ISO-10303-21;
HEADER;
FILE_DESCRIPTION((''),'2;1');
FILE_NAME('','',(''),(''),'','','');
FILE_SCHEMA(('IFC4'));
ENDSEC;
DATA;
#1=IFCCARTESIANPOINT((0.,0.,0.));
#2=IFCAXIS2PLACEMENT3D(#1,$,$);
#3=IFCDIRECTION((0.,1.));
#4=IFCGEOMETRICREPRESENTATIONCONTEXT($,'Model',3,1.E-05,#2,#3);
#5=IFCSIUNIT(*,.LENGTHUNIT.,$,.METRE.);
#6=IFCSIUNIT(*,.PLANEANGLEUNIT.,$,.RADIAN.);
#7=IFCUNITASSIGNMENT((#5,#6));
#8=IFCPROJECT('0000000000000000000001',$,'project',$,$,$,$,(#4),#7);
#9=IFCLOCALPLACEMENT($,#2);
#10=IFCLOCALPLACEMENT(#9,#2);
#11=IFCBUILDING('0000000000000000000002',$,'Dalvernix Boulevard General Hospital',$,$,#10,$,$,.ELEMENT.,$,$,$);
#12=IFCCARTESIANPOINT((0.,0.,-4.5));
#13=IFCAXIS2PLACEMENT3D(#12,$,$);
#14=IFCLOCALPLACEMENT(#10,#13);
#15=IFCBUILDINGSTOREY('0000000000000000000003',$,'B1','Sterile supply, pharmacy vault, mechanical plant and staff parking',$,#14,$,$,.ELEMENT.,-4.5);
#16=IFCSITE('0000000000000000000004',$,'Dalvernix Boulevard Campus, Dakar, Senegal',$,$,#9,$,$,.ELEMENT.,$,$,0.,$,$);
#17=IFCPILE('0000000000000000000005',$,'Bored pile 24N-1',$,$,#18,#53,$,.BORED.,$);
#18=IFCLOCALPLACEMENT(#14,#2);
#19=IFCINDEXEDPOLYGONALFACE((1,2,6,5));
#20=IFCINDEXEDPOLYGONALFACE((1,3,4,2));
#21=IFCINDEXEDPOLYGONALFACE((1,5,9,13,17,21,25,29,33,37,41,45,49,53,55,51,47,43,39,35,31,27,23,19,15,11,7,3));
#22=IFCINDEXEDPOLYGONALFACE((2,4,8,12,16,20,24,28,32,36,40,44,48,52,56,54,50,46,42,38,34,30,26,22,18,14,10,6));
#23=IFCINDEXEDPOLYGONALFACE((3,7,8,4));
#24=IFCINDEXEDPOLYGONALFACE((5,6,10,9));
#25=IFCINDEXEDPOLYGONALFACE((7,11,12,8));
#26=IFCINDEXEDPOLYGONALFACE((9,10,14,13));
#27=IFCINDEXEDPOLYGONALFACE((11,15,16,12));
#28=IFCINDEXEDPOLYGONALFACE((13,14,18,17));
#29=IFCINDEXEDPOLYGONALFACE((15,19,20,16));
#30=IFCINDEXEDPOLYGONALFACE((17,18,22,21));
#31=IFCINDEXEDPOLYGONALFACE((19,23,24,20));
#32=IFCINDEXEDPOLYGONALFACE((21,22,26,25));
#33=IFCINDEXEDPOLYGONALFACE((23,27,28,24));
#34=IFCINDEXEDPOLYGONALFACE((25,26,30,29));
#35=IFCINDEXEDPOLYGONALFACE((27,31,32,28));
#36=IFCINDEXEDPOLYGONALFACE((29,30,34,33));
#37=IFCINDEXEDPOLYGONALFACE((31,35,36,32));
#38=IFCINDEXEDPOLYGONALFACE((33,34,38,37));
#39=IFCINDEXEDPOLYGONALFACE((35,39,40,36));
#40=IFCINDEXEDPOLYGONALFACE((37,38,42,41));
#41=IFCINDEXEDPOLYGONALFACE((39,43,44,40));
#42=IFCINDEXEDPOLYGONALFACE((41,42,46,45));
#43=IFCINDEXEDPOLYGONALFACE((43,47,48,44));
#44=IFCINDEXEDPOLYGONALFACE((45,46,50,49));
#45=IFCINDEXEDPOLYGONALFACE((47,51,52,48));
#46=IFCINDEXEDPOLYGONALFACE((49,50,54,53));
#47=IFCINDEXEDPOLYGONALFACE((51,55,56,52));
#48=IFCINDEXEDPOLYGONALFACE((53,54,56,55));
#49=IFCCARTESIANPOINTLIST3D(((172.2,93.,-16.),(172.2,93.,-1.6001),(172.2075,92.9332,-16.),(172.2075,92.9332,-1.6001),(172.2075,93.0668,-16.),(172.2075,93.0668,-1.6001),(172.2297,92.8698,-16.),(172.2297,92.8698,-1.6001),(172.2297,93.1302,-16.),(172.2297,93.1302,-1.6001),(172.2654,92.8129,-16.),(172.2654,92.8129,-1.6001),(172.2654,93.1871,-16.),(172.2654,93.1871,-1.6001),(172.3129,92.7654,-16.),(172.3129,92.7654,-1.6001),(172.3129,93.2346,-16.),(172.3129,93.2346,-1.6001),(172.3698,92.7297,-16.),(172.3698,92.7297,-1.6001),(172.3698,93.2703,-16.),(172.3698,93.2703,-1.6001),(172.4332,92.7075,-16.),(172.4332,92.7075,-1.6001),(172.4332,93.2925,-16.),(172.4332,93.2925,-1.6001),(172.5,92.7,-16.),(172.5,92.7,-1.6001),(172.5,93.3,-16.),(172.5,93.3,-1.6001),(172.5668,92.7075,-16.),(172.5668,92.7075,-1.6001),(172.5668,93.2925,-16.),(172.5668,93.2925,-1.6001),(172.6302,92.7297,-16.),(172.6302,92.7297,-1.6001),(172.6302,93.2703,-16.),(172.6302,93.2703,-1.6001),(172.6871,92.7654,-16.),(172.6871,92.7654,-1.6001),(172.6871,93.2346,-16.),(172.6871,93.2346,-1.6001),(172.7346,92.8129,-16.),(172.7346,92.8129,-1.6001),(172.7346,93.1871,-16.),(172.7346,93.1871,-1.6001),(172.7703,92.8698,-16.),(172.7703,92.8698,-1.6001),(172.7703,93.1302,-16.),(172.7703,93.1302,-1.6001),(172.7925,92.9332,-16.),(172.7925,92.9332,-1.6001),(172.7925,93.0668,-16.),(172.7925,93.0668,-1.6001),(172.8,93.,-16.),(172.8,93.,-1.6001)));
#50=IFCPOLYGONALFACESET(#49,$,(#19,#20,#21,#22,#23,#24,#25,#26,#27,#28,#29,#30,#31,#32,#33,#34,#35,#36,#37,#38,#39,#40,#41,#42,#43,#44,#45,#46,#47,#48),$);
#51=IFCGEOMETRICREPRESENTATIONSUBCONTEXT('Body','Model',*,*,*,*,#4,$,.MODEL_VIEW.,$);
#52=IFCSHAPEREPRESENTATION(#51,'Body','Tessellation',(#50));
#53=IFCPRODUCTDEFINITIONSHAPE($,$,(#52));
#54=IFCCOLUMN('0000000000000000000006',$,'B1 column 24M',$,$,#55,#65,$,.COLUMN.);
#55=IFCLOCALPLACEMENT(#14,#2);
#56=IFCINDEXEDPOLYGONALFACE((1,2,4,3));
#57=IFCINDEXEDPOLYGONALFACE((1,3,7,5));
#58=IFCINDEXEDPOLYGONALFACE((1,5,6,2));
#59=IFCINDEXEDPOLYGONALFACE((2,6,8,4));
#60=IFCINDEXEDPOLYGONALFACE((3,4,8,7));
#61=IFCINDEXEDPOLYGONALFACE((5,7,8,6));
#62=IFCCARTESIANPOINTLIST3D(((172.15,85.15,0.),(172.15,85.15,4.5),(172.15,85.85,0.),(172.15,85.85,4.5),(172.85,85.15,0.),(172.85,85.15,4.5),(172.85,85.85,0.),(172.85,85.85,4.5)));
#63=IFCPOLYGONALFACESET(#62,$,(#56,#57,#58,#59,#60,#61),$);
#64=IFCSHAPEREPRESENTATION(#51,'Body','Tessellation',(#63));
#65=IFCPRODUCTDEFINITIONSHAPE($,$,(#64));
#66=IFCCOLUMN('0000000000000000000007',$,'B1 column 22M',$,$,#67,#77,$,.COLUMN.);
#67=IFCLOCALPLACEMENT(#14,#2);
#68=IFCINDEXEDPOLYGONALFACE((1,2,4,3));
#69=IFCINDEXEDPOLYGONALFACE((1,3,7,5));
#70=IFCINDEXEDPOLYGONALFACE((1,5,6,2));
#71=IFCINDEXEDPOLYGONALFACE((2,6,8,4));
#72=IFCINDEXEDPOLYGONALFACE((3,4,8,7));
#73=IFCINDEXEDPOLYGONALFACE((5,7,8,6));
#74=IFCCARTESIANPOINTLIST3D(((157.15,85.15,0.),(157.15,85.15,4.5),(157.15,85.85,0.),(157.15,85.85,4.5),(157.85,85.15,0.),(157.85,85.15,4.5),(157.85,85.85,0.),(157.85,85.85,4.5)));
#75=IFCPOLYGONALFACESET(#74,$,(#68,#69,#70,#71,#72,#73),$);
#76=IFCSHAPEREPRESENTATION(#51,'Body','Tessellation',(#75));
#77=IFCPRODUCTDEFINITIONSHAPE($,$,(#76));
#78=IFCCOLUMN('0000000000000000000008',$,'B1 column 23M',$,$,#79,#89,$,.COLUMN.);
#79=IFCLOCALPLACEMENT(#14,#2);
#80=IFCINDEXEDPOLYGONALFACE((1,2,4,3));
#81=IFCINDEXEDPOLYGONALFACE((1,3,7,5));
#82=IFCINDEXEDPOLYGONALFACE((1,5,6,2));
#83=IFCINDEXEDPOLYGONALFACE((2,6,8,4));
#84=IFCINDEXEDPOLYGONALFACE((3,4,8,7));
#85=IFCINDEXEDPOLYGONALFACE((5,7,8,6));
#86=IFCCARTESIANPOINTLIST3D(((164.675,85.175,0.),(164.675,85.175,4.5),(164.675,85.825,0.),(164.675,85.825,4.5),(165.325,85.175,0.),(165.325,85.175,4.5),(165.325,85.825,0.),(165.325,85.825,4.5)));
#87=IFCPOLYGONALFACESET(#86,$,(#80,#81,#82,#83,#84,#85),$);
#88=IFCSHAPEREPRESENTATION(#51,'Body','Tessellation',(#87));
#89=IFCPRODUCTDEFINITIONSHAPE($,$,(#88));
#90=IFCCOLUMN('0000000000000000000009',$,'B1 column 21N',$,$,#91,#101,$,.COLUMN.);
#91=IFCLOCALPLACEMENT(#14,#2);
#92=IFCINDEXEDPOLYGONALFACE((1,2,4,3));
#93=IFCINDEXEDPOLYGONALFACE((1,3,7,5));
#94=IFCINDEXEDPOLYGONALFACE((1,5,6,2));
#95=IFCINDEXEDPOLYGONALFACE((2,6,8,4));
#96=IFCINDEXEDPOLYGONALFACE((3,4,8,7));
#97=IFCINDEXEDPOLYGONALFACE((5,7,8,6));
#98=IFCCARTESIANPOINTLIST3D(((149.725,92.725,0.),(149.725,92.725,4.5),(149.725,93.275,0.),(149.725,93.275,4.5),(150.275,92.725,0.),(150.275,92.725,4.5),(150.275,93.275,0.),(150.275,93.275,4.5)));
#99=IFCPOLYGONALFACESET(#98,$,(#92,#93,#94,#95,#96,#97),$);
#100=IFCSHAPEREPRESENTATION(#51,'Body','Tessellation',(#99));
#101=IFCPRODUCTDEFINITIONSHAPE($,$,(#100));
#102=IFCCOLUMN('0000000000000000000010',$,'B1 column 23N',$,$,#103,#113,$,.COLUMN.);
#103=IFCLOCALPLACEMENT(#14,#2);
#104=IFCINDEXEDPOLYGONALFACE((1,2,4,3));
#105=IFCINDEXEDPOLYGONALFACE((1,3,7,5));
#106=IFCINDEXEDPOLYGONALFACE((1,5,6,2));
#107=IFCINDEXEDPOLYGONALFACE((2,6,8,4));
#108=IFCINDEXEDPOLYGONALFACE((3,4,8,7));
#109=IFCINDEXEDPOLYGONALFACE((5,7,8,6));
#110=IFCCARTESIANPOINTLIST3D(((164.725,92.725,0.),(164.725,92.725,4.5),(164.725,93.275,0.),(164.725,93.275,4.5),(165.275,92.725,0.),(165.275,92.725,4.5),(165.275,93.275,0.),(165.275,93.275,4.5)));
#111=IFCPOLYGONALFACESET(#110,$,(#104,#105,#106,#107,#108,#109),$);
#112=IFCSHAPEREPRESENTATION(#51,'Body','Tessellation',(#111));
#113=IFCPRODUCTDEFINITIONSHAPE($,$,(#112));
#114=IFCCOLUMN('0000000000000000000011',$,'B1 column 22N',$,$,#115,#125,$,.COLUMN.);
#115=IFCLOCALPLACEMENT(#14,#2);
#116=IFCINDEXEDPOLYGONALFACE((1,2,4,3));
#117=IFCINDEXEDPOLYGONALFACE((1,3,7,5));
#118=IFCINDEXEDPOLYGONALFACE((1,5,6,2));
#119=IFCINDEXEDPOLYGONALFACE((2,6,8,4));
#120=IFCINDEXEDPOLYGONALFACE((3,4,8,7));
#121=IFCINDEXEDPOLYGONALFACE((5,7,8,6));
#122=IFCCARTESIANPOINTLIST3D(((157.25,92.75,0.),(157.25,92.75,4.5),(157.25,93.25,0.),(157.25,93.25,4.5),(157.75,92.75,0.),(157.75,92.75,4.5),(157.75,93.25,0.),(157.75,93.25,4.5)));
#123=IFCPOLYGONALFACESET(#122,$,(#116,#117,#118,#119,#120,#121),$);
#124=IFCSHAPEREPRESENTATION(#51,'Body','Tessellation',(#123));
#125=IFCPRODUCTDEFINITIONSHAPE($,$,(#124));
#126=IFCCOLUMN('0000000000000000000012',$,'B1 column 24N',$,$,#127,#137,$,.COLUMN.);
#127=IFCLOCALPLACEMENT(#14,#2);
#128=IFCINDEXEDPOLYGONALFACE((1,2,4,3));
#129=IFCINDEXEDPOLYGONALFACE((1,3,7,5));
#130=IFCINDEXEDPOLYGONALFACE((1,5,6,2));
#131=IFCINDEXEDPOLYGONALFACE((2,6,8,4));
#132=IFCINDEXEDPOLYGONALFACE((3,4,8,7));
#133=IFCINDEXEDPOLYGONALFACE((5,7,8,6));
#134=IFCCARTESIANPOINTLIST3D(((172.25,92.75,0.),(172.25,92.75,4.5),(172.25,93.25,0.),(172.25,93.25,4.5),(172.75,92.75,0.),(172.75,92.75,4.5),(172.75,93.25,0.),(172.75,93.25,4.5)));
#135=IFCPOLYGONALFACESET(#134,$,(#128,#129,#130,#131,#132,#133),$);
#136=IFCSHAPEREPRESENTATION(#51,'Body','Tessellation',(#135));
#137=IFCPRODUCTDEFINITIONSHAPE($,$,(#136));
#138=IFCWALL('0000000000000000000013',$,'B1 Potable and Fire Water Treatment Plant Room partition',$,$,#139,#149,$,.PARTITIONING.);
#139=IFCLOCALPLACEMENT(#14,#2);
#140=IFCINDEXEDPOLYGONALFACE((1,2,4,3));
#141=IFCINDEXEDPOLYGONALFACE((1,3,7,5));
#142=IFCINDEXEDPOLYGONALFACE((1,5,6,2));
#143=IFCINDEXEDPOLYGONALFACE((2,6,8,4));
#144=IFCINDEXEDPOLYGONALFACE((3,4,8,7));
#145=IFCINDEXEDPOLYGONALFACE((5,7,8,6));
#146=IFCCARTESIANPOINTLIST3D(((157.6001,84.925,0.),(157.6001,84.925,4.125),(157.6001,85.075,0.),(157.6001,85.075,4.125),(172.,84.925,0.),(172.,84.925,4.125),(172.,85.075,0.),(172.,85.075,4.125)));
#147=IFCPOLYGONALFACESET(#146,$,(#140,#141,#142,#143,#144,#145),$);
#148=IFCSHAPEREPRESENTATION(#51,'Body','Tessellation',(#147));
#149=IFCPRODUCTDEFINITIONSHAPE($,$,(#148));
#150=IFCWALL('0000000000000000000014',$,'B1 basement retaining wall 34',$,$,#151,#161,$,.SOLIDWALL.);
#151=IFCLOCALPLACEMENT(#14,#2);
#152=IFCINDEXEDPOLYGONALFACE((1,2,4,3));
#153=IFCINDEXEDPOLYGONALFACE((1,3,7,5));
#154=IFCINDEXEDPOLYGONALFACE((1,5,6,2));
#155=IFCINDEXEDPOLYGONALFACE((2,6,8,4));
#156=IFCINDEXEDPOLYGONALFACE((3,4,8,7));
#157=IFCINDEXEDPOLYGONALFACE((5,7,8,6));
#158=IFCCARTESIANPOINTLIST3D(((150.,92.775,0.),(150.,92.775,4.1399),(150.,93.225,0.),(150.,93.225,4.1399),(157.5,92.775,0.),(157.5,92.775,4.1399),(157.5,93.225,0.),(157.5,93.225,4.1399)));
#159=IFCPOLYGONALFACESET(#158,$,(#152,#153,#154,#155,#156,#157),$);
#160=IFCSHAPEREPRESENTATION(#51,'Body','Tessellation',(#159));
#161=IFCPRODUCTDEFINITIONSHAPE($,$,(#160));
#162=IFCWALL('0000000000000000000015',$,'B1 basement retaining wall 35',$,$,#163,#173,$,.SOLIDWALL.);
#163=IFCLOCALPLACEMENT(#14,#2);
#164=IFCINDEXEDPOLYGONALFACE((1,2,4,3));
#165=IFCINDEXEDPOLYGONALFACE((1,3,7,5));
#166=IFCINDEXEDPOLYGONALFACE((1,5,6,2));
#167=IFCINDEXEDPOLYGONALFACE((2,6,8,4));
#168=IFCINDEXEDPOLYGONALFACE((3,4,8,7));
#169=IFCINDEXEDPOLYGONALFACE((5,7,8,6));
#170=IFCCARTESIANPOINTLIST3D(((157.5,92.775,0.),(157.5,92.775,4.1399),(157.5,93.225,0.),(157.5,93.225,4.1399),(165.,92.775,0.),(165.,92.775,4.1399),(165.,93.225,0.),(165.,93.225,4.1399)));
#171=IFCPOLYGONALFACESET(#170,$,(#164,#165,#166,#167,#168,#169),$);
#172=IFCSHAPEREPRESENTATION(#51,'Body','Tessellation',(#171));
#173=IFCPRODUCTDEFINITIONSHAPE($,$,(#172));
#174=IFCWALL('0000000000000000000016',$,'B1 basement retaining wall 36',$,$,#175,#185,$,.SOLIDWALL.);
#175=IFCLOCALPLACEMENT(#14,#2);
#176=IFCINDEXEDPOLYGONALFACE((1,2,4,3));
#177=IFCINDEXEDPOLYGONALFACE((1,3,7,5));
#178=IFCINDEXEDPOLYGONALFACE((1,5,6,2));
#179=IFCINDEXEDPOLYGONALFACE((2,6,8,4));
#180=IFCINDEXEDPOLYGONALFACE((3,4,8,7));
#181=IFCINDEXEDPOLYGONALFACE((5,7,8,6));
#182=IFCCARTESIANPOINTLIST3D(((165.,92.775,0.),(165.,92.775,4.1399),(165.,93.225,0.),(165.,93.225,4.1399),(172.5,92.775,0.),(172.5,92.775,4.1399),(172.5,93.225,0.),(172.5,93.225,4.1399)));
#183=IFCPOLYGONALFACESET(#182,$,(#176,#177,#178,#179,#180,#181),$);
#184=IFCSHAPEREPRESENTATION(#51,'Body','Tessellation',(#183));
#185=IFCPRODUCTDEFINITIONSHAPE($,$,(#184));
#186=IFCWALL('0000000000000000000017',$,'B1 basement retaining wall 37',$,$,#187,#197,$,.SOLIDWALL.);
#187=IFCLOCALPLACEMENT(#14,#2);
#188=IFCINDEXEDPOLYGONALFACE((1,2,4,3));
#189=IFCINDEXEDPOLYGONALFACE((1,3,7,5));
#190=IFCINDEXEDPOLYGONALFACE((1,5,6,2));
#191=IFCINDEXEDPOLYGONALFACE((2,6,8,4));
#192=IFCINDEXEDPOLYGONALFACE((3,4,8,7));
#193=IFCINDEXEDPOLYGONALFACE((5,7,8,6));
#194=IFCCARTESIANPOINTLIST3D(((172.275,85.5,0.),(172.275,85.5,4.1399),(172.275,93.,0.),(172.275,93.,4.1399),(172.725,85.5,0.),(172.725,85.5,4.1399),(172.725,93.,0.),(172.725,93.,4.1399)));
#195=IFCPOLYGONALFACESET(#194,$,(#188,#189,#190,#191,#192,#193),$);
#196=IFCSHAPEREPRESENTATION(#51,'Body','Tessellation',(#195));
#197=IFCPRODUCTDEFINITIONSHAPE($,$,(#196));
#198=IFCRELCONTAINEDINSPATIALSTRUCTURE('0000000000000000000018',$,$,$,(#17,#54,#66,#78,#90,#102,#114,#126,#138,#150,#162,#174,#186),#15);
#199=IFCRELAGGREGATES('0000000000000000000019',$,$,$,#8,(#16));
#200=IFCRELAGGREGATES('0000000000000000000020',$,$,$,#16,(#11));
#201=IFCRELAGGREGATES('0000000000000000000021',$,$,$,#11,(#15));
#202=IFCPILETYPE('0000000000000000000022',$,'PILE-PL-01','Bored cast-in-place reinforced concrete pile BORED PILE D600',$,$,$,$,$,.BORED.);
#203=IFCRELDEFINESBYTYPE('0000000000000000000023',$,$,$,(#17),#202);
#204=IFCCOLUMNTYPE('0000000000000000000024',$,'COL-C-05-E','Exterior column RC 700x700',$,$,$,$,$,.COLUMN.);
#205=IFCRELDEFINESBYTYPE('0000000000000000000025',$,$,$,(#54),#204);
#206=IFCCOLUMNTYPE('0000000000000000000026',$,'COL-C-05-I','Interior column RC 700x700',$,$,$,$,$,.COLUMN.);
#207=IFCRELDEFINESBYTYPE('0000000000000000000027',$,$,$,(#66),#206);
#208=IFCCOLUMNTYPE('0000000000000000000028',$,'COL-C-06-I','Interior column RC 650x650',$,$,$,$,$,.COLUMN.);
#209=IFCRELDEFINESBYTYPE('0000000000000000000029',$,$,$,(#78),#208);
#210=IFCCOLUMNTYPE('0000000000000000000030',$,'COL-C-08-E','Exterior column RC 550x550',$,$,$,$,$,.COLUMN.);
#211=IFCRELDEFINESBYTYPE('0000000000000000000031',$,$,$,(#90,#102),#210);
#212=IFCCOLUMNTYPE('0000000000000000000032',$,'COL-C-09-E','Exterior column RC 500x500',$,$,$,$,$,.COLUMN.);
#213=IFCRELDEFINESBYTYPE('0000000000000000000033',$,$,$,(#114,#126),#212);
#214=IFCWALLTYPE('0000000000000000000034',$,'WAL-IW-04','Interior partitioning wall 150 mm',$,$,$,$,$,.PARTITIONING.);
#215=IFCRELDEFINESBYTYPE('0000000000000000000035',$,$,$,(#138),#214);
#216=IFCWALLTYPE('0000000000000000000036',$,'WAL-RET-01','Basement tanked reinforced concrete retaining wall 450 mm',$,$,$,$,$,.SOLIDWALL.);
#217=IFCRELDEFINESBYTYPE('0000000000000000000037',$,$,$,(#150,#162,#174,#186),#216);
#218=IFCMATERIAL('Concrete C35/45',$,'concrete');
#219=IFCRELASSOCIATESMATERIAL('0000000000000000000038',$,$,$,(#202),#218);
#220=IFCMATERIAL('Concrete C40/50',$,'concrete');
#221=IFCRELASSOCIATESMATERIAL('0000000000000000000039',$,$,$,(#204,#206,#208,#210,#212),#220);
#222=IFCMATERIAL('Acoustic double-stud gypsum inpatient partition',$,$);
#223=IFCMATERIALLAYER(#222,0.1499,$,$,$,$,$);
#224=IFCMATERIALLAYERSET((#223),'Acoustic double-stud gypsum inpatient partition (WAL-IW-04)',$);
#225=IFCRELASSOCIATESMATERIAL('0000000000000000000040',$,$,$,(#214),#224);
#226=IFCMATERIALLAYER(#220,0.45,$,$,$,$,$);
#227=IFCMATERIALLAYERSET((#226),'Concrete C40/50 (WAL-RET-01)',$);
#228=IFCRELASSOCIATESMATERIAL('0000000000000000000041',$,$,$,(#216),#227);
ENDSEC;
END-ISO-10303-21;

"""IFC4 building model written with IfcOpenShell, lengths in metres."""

from ifc_helpers import new_model, si_unit, direction, frame, frame_2d, origin, origin_2d, place, context, subcontext, project, spatial, rectangle, circle, extrude, material, layer, layer_set, material_profile, profile_set, type_object, element, save


model = new_model("IFC4")

# Units and contexts
model_context = context("Model", 3, precision=1e-05, world=origin(), true_north=direction((0.0, 1.0)))
body_context = subcontext(model_context, "Body", "Model", "MODEL_VIEW")
ifc_project = project(units=[si_unit("LENGTHUNIT", "METRE"), si_unit("PLANEANGLEUNIT", "RADIAN")], contexts=[model_context])

# Site, building, storey
site_placement = place(None, origin())
site = spatial("IfcSite", under=ifc_project, at=site_placement, Name="Dalvernix Boulevard Campus, Dakar, Senegal", CompositionType="ELEMENT", RefElevation=0.0)
building_placement = place(site_placement, origin())
building = spatial("IfcBuilding", under=site, at=building_placement, Name="Dalvernix Boulevard General Hospital", CompositionType="ELEMENT")
storey_placement = place(building_placement, frame((0.0, 0.0, -4.5)))
storey = spatial("IfcBuildingStorey", under=building, at=storey_placement, Name="B1", Description="Sterile supply, pharmacy vault, mechanical plant and staff parking", CompositionType="ELEMENT", Elevation=-4.5)

# Shared definitions
ifc_material_1 = material(Name="Concrete C35/45", Category="concrete")
ifc_material_2 = material(Name="Concrete C40/50", Category="concrete")

# Pile
ifc_material_profile_1 = material_profile(ifc_material_1, circle(Radius=0.3, at=origin_2d()), Name="BORED PILE D600")
ifc_profile_set_1 = profile_set([ifc_material_profile_1], Name="Concrete C35/45")
pile_type = type_object("IfcPileType", Name="PILE-PL-01", Description="Bored cast-in-place reinforced concrete pile BORED PILE D600", PredefinedType="BORED", material=ifc_profile_set_1)
pile_1_placement = place(storey_placement, frame((172.5, 93.0, -1.6001), z_axis=(0.0, 0.0, -1.0), x_axis=(1.0, 0.0, 0.0)))
element("IfcPile", 1, at=pile_1_placement, inside=storey, type_object=pile_type, Name="Bored pile 24N-1", PredefinedType="BORED", context=body_context, shape_type="SweptSolid", body=[
    extrude(circle(Radius=0.3, at=origin_2d()), origin(), (0.0, 0.0, 1.0), 14.3999),
])

# Columns
ifc_material_profile_2 = material_profile(ifc_material_2, rectangle(XDim=0.7, YDim=0.7, at=origin_2d()), Name="RC 700x700")
ifc_profile_set_2 = profile_set([ifc_material_profile_2], Name="Concrete C40/50")
column_type_1 = type_object("IfcColumnType", Name="COL-C-05-E", Description="Exterior column RC 700x700", PredefinedType="COLUMN", material=ifc_profile_set_2)
column_1_placement = place(storey_placement, frame((172.5, 85.5, 0.0), z_axis=(0.0, 0.0, 1.0), x_axis=(1.0, 0.0, 0.0)))
element("IfcColumn", 2, at=column_1_placement, inside=storey, type_object=column_type_1, Name="B1 column 24M", PredefinedType="COLUMN", context=body_context, shape_type="SweptSolid", body=[
    extrude(rectangle(XDim=0.7, YDim=0.7, at=origin_2d()), origin(), (0.0, 0.0, 1.0), 4.5),
])
ifc_material_profile_3 = material_profile(ifc_material_2, rectangle(XDim=0.7, YDim=0.7, at=origin_2d()), Name="RC 700x700")
ifc_profile_set_3 = profile_set([ifc_material_profile_3], Name="Concrete C40/50")
column_type_2 = type_object("IfcColumnType", Name="COL-C-05-I", Description="Interior column RC 700x700", PredefinedType="COLUMN", material=ifc_profile_set_3)
column_2_placement = place(storey_placement, frame((157.5, 85.5, 0.0), z_axis=(0.0, 0.0, 1.0), x_axis=(1.0, 0.0, 0.0)))
element("IfcColumn", 3, at=column_2_placement, inside=storey, type_object=column_type_2, Name="B1 column 22M", PredefinedType="COLUMN", context=body_context, shape_type="SweptSolid", body=[
    extrude(rectangle(XDim=0.7, YDim=0.7, at=origin_2d()), origin(), (0.0, 0.0, 1.0), 4.5),
])
ifc_material_profile_4 = material_profile(ifc_material_2, rectangle(XDim=0.6499, YDim=0.6499, at=origin_2d()), Name="RC 650x650")
ifc_profile_set_4 = profile_set([ifc_material_profile_4], Name="Concrete C40/50")
column_type_3 = type_object("IfcColumnType", Name="COL-C-06-I", Description="Interior column RC 650x650", PredefinedType="COLUMN", material=ifc_profile_set_4)
column_3_placement = place(storey_placement, frame((165.0, 85.5, 0.0), z_axis=(0.0, 0.0, 1.0), x_axis=(1.0, 0.0, 0.0)))
element("IfcColumn", 4, at=column_3_placement, inside=storey, type_object=column_type_3, Name="B1 column 23M", PredefinedType="COLUMN", context=body_context, shape_type="SweptSolid", body=[
    extrude(rectangle(XDim=0.6499, YDim=0.6499, at=origin_2d()), origin(), (0.0, 0.0, 1.0), 4.5),
])
ifc_material_profile_5 = material_profile(ifc_material_2, rectangle(XDim=0.55, YDim=0.55, at=origin_2d()), Name="RC 550x550")
ifc_profile_set_5 = profile_set([ifc_material_profile_5], Name="Concrete C40/50")
column_type_4 = type_object("IfcColumnType", Name="COL-C-08-E", Description="Exterior column RC 550x550", PredefinedType="COLUMN", material=ifc_profile_set_5)
for number, where, z_axis, x_axis, name in (
    (5, (150.0, 93.0, 0.0), (0.0, 0.0, 1.0), (1.0, 0.0, 0.0), "B1 column 21N"),
    (6, (165.0, 93.0, 0.0), (0.0, 0.0, 1.0), (1.0, 0.0, 0.0), "B1 column 23N"),
):
    element("IfcColumn", number, at=place(storey_placement, frame(where, z_axis=z_axis, x_axis=x_axis)), inside=storey, type_object=column_type_4, Name=name, PredefinedType="COLUMN", context=body_context, shape_type="SweptSolid", body=[
        extrude(rectangle(XDim=0.55, YDim=0.55, at=origin_2d()), origin(), (0.0, 0.0, 1.0), 4.5),
    ])
ifc_material_profile_6 = material_profile(ifc_material_2, rectangle(XDim=0.5, YDim=0.5, at=origin_2d()), Name="RC 500x500")
ifc_profile_set_6 = profile_set([ifc_material_profile_6], Name="Concrete C40/50")
column_type_5 = type_object("IfcColumnType", Name="COL-C-09-E", Description="Exterior column RC 500x500", PredefinedType="COLUMN", material=ifc_profile_set_6)
for number, where, z_axis, x_axis, name in (
    (7, (157.5, 93.0, 0.0), (0.0, 0.0, 1.0), (1.0, 0.0, 0.0), "B1 column 22N"),
    (8, (172.5, 93.0, 0.0), (0.0, 0.0, 1.0), (1.0, 0.0, 0.0), "B1 column 24N"),
):
    element("IfcColumn", number, at=place(storey_placement, frame(where, z_axis=z_axis, x_axis=x_axis)), inside=storey, type_object=column_type_5, Name=name, PredefinedType="COLUMN", context=body_context, shape_type="SweptSolid", body=[
        extrude(rectangle(XDim=0.5, YDim=0.5, at=origin_2d()), origin(), (0.0, 0.0, 1.0), 4.5),
    ])

# Walls
ifc_material_3 = material(Name="Acoustic double-stud gypsum inpatient partition")
ifc_layer_1 = layer(ifc_material_3, 0.1499)
ifc_layer_set_1 = layer_set([ifc_layer_1], Name="Acoustic double-stud gypsum inpatient partition (WAL-IW-04)")
wall_type_1 = type_object("IfcWallType", Name="WAL-IW-04", Description="Interior partitioning wall 150 mm", PredefinedType="PARTITIONING", material=ifc_layer_set_1)
wall_1_placement = place(storey_placement, frame((157.6001, 85.0, 0.0), z_axis=(0.0, 0.0, 1.0), x_axis=(1.0, 0.0, 0.0)))
element("IfcWall", 9, at=wall_1_placement, inside=storey, type_object=wall_type_1, Name="B1 Potable and Fire Water Treatment Plant Room partition", PredefinedType="PARTITIONING", context=body_context, shape_type="SweptSolid", body=[
    extrude(rectangle(XDim=14.3999, YDim=0.1499, at=frame_2d((7.2, 0.0))), origin(), (0.0, 0.0, 1.0), 4.125),
])
ifc_layer_2 = layer(ifc_material_2, 0.45)
ifc_layer_set_2 = layer_set([ifc_layer_2], Name="Concrete C40/50 (WAL-RET-01)")
wall_type_2 = type_object("IfcWallType", Name="WAL-RET-01", Description="Basement tanked reinforced concrete retaining wall 450 mm", PredefinedType="SOLIDWALL", material=ifc_layer_set_2)
for number, where, z_axis, x_axis, name in (
    (10, (150.0, 93.0, 0.0), (0.0, 0.0, 1.0), (1.0, 0.0, 0.0), "B1 basement retaining wall 34"),
    (11, (157.5, 93.0, 0.0), (0.0, 0.0, 1.0), (1.0, 0.0, 0.0), "B1 basement retaining wall 35"),
    (12, (165.0, 93.0, 0.0), (0.0, 0.0, 1.0), (1.0, 0.0, 0.0), "B1 basement retaining wall 36"),
    (13, (172.5, 93.0, 0.0), (0.0, 0.0, 1.0), (0.0, -1.0, 0.0), "B1 basement retaining wall 37"),
):
    element("IfcWall", number, at=place(storey_placement, frame(where, z_axis=z_axis, x_axis=x_axis)), inside=storey, type_object=wall_type_2, Name=name, PredefinedType="SOLIDWALL", context=body_context, shape_type="SweptSolid", body=[
        extrude(rectangle(XDim=7.5, YDim=0.45, at=frame_2d((3.75, 0.0))), origin(), (0.0, 0.0, 1.0), 4.1399),
    ])

save(model, "model.ifc")
